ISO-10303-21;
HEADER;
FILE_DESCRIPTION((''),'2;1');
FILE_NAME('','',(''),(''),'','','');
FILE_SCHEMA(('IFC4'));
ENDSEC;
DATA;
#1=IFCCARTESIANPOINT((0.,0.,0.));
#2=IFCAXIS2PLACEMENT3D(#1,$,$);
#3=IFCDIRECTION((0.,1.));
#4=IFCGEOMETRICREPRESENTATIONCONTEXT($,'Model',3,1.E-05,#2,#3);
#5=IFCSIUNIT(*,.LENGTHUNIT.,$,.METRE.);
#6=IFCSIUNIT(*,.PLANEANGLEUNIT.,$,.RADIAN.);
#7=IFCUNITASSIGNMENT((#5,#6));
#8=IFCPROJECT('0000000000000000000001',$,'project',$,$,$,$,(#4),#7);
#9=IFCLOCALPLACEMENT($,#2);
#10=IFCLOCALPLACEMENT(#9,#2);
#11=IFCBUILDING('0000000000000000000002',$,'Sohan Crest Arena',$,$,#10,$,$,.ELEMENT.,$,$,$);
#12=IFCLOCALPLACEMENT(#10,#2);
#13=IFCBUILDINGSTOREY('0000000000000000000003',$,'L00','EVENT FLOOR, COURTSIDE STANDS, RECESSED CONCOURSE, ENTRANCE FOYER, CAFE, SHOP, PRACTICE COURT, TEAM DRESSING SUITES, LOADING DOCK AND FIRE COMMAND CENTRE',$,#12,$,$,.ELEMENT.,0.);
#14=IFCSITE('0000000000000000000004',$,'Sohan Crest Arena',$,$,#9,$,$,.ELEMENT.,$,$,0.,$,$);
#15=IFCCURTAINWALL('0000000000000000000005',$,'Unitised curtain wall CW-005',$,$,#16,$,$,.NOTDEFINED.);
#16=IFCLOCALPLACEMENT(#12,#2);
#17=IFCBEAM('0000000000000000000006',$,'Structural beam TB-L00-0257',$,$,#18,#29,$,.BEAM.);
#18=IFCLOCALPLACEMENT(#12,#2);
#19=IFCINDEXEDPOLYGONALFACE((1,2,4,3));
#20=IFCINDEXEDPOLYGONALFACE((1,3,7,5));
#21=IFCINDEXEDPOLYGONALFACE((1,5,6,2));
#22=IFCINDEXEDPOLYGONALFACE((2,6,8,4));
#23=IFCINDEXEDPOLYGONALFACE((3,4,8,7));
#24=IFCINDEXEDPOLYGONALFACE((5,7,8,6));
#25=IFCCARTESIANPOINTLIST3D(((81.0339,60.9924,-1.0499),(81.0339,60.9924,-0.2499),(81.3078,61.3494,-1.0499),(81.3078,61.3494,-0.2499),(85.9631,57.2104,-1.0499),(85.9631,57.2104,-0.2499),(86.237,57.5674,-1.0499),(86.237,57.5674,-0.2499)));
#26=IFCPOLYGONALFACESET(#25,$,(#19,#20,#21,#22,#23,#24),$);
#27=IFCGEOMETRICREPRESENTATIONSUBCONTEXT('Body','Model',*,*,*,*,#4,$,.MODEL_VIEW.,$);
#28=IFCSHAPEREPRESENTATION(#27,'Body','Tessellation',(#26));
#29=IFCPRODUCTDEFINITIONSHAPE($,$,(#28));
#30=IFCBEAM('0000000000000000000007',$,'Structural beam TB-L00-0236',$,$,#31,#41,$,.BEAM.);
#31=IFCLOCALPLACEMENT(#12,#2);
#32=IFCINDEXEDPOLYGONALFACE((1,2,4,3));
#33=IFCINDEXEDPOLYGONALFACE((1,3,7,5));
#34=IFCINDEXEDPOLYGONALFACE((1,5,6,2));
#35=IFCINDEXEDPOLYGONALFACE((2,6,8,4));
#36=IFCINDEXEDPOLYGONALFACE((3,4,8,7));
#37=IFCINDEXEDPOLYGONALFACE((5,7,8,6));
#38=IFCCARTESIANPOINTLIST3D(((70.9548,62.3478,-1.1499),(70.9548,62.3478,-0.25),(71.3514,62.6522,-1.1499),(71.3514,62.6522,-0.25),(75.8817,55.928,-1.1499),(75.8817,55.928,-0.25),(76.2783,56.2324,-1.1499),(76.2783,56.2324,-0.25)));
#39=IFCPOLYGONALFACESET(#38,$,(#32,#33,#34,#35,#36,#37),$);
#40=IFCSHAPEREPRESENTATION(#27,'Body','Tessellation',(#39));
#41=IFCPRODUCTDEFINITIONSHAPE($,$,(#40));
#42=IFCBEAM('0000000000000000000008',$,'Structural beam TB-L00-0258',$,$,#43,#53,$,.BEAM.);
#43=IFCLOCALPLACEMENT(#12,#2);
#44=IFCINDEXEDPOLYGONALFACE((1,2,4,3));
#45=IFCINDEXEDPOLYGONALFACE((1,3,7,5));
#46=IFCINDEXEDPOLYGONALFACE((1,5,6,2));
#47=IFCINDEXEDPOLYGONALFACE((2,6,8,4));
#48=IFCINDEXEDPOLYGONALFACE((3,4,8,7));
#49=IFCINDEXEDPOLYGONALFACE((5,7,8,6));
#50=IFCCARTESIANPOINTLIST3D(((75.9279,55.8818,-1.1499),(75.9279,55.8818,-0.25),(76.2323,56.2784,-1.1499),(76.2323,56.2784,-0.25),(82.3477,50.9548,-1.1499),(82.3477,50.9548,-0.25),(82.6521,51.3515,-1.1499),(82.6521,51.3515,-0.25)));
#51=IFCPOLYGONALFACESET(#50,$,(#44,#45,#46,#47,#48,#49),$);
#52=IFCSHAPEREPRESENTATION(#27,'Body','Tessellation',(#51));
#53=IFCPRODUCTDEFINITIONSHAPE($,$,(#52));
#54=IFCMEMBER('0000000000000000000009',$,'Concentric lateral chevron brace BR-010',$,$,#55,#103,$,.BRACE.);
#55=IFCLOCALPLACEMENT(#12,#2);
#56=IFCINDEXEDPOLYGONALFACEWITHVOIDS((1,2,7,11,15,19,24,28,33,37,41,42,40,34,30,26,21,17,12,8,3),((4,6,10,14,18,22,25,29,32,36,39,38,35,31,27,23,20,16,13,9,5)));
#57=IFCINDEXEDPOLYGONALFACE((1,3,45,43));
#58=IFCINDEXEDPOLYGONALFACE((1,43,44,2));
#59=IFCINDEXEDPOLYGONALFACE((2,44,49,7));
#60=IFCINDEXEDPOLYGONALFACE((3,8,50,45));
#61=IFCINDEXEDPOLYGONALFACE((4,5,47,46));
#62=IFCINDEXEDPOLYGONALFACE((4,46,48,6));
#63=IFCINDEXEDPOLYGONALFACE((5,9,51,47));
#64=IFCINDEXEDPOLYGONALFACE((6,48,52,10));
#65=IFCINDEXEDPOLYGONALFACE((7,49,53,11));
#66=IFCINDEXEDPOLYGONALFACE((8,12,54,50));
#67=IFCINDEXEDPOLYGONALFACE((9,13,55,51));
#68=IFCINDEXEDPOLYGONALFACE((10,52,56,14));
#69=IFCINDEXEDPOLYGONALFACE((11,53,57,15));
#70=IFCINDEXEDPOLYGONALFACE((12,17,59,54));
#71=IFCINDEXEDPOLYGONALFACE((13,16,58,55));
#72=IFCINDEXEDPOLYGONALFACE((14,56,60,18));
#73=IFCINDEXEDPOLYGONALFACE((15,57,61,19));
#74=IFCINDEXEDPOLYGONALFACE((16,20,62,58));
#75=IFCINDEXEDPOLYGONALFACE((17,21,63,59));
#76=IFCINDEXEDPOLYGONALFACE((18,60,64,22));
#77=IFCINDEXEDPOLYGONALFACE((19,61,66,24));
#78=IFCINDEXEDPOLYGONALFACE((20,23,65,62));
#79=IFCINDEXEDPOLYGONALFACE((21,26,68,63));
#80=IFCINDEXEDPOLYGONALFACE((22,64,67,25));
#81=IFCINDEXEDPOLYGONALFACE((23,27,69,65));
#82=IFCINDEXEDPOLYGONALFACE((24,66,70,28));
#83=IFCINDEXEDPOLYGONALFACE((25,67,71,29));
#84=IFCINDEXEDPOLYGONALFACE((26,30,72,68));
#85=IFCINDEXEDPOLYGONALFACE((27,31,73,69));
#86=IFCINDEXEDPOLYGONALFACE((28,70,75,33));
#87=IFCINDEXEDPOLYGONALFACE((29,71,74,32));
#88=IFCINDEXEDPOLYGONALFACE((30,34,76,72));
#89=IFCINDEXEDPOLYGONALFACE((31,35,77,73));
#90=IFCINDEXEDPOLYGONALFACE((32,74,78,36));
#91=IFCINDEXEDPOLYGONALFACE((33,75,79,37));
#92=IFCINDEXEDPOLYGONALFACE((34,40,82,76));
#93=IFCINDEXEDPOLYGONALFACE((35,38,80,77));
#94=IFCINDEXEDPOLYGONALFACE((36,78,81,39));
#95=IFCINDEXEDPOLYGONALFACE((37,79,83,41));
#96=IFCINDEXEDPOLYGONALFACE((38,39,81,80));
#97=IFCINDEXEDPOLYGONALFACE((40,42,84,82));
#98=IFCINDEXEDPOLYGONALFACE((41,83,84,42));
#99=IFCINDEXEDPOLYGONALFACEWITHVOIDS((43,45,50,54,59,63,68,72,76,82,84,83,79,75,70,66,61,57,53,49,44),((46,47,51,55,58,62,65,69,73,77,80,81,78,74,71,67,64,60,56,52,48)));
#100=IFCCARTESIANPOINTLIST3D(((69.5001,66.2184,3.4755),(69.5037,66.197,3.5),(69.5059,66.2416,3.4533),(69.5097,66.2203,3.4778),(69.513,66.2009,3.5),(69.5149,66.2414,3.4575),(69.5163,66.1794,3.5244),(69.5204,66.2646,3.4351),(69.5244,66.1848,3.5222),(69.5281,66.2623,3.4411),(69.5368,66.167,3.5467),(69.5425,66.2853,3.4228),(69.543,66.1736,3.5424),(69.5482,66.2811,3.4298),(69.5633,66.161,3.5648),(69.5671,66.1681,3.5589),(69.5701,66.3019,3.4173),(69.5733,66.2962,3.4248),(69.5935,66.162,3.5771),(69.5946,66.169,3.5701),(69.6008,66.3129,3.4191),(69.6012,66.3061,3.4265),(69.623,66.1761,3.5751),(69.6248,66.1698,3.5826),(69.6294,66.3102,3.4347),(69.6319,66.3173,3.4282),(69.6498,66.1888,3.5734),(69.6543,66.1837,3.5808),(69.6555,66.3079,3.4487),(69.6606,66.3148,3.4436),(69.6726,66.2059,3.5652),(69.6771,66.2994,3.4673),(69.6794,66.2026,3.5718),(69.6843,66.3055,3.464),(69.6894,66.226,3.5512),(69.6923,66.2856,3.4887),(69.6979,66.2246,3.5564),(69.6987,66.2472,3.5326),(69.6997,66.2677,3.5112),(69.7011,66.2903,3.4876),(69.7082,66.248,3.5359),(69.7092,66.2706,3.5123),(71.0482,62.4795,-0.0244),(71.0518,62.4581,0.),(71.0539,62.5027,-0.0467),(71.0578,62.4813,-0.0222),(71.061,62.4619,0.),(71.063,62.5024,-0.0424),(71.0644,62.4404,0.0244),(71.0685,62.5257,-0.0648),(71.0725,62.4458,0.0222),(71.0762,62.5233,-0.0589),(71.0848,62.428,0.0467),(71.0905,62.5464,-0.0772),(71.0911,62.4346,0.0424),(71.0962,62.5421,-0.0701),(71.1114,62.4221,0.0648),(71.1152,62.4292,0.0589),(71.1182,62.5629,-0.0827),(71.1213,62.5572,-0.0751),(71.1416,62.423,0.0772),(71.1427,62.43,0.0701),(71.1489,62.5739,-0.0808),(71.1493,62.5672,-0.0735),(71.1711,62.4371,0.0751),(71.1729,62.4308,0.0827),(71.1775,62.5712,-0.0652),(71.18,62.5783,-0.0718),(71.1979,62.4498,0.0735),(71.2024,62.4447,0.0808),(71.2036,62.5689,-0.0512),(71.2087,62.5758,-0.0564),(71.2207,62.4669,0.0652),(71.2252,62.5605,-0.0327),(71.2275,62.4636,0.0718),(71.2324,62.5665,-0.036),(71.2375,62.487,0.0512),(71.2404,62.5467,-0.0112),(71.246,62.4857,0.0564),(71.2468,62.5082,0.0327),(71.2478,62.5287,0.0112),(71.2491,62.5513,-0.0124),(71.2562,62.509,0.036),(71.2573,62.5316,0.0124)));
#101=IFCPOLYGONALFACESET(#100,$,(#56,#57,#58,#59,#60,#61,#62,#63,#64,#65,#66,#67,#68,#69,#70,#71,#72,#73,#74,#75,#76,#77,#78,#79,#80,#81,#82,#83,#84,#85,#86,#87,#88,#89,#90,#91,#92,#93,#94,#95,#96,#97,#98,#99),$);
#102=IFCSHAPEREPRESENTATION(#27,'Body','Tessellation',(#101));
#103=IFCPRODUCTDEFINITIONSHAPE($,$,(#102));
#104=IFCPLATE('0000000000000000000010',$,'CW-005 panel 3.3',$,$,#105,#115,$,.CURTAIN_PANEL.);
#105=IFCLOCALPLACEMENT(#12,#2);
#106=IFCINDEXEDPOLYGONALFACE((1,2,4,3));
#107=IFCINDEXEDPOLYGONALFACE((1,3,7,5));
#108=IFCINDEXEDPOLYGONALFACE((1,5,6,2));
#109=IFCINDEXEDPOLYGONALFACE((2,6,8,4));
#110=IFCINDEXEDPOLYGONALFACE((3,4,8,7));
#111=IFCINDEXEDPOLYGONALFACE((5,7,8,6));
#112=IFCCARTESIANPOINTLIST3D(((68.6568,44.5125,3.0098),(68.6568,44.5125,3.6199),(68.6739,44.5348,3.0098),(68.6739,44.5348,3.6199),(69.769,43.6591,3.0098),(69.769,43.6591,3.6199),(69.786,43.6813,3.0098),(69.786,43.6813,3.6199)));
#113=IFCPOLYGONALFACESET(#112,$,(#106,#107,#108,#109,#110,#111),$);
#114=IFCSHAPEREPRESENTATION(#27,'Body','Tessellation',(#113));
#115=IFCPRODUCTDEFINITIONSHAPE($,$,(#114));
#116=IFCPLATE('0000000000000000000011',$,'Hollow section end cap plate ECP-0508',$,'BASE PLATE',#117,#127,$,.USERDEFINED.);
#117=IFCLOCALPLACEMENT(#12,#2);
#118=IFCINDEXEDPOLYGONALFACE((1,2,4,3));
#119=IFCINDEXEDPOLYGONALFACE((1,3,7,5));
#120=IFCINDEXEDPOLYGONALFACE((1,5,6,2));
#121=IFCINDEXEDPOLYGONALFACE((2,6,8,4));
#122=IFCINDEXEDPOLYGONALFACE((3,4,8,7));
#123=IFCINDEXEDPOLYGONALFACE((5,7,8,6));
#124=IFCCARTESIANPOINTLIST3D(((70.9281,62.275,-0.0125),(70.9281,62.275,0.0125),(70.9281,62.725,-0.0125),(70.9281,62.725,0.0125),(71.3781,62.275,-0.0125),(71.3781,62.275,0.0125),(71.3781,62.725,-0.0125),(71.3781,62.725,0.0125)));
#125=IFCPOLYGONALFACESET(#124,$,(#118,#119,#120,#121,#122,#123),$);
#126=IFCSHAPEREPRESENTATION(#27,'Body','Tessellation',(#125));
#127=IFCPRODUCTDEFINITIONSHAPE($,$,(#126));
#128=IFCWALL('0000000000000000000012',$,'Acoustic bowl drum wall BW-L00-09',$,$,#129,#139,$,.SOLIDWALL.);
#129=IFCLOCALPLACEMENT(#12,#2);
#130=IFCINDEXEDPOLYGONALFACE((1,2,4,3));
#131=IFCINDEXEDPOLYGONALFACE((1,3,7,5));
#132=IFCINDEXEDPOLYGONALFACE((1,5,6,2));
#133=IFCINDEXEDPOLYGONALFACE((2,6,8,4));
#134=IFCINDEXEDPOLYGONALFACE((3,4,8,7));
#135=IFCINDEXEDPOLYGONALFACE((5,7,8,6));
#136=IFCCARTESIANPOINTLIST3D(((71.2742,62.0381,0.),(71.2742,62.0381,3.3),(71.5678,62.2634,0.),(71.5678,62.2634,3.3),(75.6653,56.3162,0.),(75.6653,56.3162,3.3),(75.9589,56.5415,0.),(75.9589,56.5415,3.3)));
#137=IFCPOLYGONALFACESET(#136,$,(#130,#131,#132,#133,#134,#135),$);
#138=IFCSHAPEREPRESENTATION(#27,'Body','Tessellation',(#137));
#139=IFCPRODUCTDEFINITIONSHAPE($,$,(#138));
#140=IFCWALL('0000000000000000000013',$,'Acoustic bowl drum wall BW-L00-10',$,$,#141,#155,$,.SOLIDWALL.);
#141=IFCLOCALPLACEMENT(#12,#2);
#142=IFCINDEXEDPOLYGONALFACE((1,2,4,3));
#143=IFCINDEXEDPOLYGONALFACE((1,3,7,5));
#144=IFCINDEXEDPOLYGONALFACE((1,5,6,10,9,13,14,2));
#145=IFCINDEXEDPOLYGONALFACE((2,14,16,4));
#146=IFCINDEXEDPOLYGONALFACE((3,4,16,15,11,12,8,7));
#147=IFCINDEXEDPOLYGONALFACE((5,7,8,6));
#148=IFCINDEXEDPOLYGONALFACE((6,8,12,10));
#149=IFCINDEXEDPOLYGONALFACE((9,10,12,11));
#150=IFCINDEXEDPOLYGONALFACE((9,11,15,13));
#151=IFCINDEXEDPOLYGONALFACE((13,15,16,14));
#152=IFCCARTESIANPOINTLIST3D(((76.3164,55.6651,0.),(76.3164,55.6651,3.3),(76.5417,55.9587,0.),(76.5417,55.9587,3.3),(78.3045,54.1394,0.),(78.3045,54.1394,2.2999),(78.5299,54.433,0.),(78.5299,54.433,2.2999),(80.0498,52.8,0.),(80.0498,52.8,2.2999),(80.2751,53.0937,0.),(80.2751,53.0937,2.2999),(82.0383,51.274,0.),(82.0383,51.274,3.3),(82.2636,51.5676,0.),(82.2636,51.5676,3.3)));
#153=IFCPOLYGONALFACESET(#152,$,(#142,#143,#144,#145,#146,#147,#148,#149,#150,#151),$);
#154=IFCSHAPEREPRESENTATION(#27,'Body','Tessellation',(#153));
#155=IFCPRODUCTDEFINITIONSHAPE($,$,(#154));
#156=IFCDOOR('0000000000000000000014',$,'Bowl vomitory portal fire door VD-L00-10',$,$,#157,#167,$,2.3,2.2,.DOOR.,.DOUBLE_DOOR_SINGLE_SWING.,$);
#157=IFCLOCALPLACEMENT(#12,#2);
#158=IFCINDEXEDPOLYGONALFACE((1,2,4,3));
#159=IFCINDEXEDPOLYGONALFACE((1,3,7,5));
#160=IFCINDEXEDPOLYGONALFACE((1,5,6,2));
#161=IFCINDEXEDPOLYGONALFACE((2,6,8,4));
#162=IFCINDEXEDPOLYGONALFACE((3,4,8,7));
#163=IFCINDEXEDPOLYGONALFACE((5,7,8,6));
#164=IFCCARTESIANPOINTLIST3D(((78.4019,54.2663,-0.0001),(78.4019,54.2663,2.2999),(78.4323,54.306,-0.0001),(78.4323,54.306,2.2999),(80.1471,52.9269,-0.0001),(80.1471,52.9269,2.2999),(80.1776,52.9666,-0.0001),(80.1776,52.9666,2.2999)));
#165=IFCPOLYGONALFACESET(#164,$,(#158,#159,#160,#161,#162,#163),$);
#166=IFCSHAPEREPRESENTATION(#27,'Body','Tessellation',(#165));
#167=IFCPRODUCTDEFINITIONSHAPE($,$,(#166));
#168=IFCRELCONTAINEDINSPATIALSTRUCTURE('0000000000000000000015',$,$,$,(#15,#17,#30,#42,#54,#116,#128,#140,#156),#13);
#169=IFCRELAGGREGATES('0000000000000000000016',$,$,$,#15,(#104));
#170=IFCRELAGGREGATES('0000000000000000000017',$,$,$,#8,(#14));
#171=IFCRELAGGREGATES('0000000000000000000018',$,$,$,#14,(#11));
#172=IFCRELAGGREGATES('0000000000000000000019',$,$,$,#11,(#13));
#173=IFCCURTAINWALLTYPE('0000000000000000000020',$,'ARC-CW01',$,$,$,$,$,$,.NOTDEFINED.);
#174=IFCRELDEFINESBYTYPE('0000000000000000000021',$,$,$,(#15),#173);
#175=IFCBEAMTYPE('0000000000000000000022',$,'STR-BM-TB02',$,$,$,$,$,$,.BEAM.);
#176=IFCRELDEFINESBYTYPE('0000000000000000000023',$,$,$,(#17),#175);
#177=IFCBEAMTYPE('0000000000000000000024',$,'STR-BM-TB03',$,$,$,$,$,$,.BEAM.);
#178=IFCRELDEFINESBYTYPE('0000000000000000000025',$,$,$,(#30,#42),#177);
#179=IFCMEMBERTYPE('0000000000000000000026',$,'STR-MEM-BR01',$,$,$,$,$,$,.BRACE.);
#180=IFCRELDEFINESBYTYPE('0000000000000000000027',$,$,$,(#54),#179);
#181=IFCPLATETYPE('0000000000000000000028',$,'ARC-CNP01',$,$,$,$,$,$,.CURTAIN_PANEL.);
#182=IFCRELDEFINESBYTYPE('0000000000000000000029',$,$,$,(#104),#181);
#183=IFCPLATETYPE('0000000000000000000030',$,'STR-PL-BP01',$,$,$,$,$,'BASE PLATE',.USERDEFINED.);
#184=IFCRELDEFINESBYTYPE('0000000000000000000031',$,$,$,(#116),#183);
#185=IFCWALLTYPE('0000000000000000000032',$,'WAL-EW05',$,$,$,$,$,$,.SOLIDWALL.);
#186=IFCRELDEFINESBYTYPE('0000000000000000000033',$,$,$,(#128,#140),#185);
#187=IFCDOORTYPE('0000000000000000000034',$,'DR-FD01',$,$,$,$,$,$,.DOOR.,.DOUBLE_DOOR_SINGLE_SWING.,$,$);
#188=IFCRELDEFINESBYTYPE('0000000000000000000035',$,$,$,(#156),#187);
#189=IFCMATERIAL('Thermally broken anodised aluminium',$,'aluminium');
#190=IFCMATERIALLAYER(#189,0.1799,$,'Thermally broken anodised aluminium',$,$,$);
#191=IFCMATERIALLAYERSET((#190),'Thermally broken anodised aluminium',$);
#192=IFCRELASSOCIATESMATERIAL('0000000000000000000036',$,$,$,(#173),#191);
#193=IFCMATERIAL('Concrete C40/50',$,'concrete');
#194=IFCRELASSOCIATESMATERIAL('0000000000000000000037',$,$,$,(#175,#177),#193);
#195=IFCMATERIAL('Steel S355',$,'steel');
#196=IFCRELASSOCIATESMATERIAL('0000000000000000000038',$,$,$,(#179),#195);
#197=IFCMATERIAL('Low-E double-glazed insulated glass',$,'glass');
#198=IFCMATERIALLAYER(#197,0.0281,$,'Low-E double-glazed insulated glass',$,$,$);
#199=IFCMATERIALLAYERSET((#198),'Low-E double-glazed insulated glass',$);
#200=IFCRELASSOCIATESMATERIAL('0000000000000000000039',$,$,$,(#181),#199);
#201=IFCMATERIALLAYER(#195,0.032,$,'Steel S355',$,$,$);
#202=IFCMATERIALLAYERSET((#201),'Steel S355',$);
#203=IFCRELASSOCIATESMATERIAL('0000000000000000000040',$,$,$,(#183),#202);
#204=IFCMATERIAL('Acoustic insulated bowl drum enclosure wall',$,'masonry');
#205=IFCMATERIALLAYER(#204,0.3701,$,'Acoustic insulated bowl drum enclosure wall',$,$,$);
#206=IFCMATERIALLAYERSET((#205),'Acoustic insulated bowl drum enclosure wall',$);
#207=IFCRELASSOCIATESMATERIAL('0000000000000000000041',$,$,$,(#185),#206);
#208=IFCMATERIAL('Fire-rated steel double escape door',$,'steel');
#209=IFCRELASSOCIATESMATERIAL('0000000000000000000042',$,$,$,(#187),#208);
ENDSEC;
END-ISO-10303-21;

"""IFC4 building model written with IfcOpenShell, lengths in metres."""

from ifc_helpers import new_model, si_unit, direction, frame, frame_2d, origin, origin_2d, place, context, subcontext, project, spatial, rectangle, hollow_circle, extrude, material, layer, layer_set, material_profile, profile_set, type_object, element, fill, aggregate, save


model = new_model("IFC4")

# Units and contexts
model_context = context("Model", 3, precision=1e-05, world=origin(), true_north=direction((0.0, 1.0)))
body_context = subcontext(model_context, "Body", "Model", "MODEL_VIEW")
ifc_project = project(units=[si_unit("LENGTHUNIT", "METRE"), si_unit("PLANEANGLEUNIT", "RADIAN")], contexts=[model_context])

# Site, building, storey
site_placement = place(None, origin())
site = spatial("IfcSite", under=ifc_project, at=site_placement, Name="Sohan Crest Arena", CompositionType="ELEMENT", RefElevation=0.0)
building_placement = place(site_placement, origin())
building = spatial("IfcBuilding", under=site, at=building_placement, Name="Sohan Crest Arena", CompositionType="ELEMENT")
storey_placement = place(building_placement, origin())
storey = spatial("IfcBuildingStorey", under=building, at=storey_placement, Name="L00", Description="EVENT FLOOR, COURTSIDE STANDS, RECESSED CONCOURSE, ENTRANCE FOYER, CAFE, SHOP, PRACTICE COURT, TEAM DRESSING SUITES, LOADING DOCK AND FIRE COMMAND CENTRE", CompositionType="ELEMENT", Elevation=0.0)

# Shared definitions
ifc_material_1 = material(Name="Concrete C40/50", Category="concrete")
ifc_material_2 = material(Name="Steel S355", Category="steel")

# Curtain wall
ifc_material_3 = material(Name="Thermally broken anodised aluminium", Category="aluminium")
ifc_layer_1 = layer(ifc_material_3, 0.1799, Name="Thermally broken anodised aluminium")
ifc_layer_set_1 = layer_set([ifc_layer_1], Name="Thermally broken anodised aluminium")
curtain_wall_type = type_object("IfcCurtainWallType", Name="ARC-CW01", PredefinedType="NOTDEFINED", material=ifc_layer_set_1)
curtain_wall_placement = place(storey_placement, origin())
curtain_wall = element("IfcCurtainWall", 1, at=curtain_wall_placement, inside=storey, type_object=curtain_wall_type, Name="Unitised curtain wall CW-005", PredefinedType="NOTDEFINED")

# Beams
ifc_material_profile_1 = material_profile(ifc_material_1, rectangle(XDim=0.45, YDim=0.8, at=origin_2d()), Name="RC-BM 450x800")
ifc_profile_set_1 = profile_set([ifc_material_profile_1], Name="Concrete C40/50")
beam_type_1 = type_object("IfcBeamType", Name="STR-BM-TB02", PredefinedType="BEAM", material=ifc_profile_set_1)
beam_1_placement = place(storey_placement, frame((81.1709, 61.1709, -0.6499), z_axis=(0.793379, -0.608728, 0.0), x_axis=(0.608728, 0.793379, 0.0)))
element("IfcBeam", 2, at=beam_1_placement, inside=storey, type_object=beam_type_1, Name="Structural beam TB-L00-0257", PredefinedType="BEAM", context=body_context, shape_type="SweptSolid", body=[
    extrude(rectangle(XDim=0.45, YDim=0.8, at=origin_2d()), origin(), (0.0, 0.0, 1.0), 6.2129),
])
ifc_material_profile_2 = material_profile(ifc_material_1, rectangle(XDim=0.5, YDim=0.8999, at=origin_2d()), Name="RC-BM 500x900")
ifc_profile_set_2 = profile_set([ifc_material_profile_2], Name="Concrete C40/50")
beam_type_2 = type_object("IfcBeamType", Name="STR-BM-TB03", PredefinedType="BEAM", material=ifc_profile_set_2)
for number, where, z_axis, x_axis, name in (
    (3, (71.1531, 62.5, -0.7), (0.608825, -0.793304, 0.0), (0.793304, 0.608825, 0.0), "Structural beam TB-L00-0236"),
    (4, (76.0801, 56.0801, -0.7), (0.793304, -0.608825, 0.0), (0.608825, 0.793304, 0.0), "Structural beam TB-L00-0258"),
):
    element("IfcBeam", number, at=place(storey_placement, frame(where, z_axis=z_axis, x_axis=x_axis)), inside=storey, type_object=beam_type_2, Name=name, PredefinedType="BEAM", context=body_context, shape_type="SweptSolid", body=[
        extrude(rectangle(XDim=0.5, YDim=0.8999, at=origin_2d()), origin(), (0.0, 0.0, 1.0), 8.0925),
    ])

# Member
ifc_material_profile_3 = material_profile(ifc_material_2, hollow_circle(Radius=0.1096, WallThickness=0.01, at=origin_2d()), Name="CHS 219.1x10")
ifc_profile_set_3 = profile_set([ifc_material_profile_3], Name="Steel S355")
member_type_1 = type_object("IfcMemberType", Name="STR-MEM-BR01", PredefinedType="BRACE", material=ifc_profile_set_3)
member_1_placement = place(storey_placement, frame((71.1531, 62.5, 0.0), z_axis=(-0.289342, 0.698828, 0.654156), x_axis=(-0.923937, -0.382545, 0.0)))
element("IfcMember", 5, at=member_1_placement, inside=storey, type_object=member_type_1, Name="Concentric lateral chevron brace BR-010", PredefinedType="BRACE", context=body_context, shape_type="SweptSolid", body=[
    extrude(hollow_circle(Radius=0.1096, WallThickness=0.01, at=origin_2d()), origin(), (0.0, 0.0, 1.0), 5.3503),
])

# Plates
ifc_material_4 = material(Name="Low-E double-glazed insulated glass", Category="glass")
ifc_layer_2 = layer(ifc_material_4, 0.0281, Name="Low-E double-glazed insulated glass")
ifc_layer_set_2 = layer_set([ifc_layer_2], Name="Low-E double-glazed insulated glass")
plate_type_1 = type_object("IfcPlateType", Name="ARC-CNP01", PredefinedType="CURTAIN_PANEL", material=ifc_layer_set_2)
plate_1_placement = place(storey_placement, frame((69.2214, 44.0969, 3.0098), z_axis=(0.0, 0.0, 1.0), x_axis=(0.793323, -0.608801, 0.0)))
plate_1 = element("IfcPlate", 6, at=plate_1_placement, type_object=plate_type_1, Name="CW-005 panel 3.3", PredefinedType="CURTAIN_PANEL", context=body_context, shape_type="SweptSolid", body=[
    extrude(rectangle(XDim=1.4019, YDim=0.0281, at=origin_2d()), origin(), (0.0, 0.0, 1.0), 0.6101),
])
aggregate(curtain_wall, [plate_1])
ifc_layer_3 = layer(ifc_material_2, 0.032, Name="Steel S355")
ifc_layer_set_3 = layer_set([ifc_layer_3], Name="Steel S355")
plate_type_2 = type_object("IfcPlateType", Name="STR-PL-BP01", ElementType="BASE PLATE", PredefinedType="USERDEFINED", material=ifc_layer_set_3)
plate_2_placement = place(storey_placement, frame((71.1531, 62.5, -0.0125), z_axis=(0.0, 0.0, 1.0), x_axis=(1.0, 0.0, 0.0)))
element("IfcPlate", 7, at=plate_2_placement, inside=storey, type_object=plate_type_2, Name="Hollow section end cap plate ECP-0508", ObjectType="BASE PLATE", PredefinedType="USERDEFINED", context=body_context, shape_type="SweptSolid", body=[
    extrude(rectangle(XDim=0.45, YDim=0.45, at=origin_2d()), origin(), (0.0, 0.0, 1.0), 0.0249),
])

# Wall
ifc_material_5 = material(Name="Acoustic insulated bowl drum enclosure wall", Category="masonry")
ifc_layer_4 = layer(ifc_material_5, 0.3701, Name="Acoustic insulated bowl drum enclosure wall")
ifc_layer_set_4 = layer_set([ifc_layer_4], Name="Acoustic insulated bowl drum enclosure wall")
wall_type_1 = type_object("IfcWallType", Name="WAL-EW05", PredefinedType="SOLIDWALL", material=ifc_layer_set_4)
wall_1_placement = place(storey_placement, frame((71.4209, 62.1509, 0.0), z_axis=(0.0, 0.0, 1.0), x_axis=(0.608807, -0.793318, 0.0)))
element("IfcWall", 8, at=wall_1_placement, inside=storey, type_object=wall_type_1, Name="Acoustic bowl drum wall BW-L00-09", PredefinedType="SOLIDWALL", context=body_context, shape_type="SweptSolid", body=[
    extrude(rectangle(XDim=7.2126, YDim=0.3701, at=frame_2d((3.6064, 0.0))), origin(), (0.0, 0.0, 1.0), 3.3),
])

# Wall, opening, door
wall_2_placement = place(storey_placement, frame((76.429, 55.812, 0.0), z_axis=(0.0, 0.0, 1.0), x_axis=(0.793318, -0.608807, 0.0)))
wall_2 = element("IfcWall", 9, at=wall_2_placement, inside=storey, type_object=wall_type_1, Name="Acoustic bowl drum wall BW-L00-10", PredefinedType="SOLIDWALL", context=body_context, shape_type="SweptSolid", body=[
    extrude(rectangle(XDim=7.2126, YDim=0.3701, at=frame_2d((3.6064, 0.0))), origin(), (0.0, 0.0, 1.0), 3.3),
])
opening_1_placement = place(wall_2_placement, frame((2.5061, 0.0, 0.0)))
opening_1 = element("IfcOpeningElement", 10, at=opening_1_placement, cuts=wall_2, PredefinedType="OPENING", context=body_context, shape_type="SweptSolid", body=[
    extrude(rectangle(XDim=2.2, YDim=2.3, at=frame_2d((1.1001, 1.1499))), frame((0.0, 0.1951, 0.0), z_axis=(0.0, -1.0, 0.0), x_axis=(1.0, 0.0, 0.0)), (0.0, 0.0, 1.0), 0.3901),
])
ifc_material_6 = material(Name="Fire-rated steel double escape door", Category="steel")
door_type_1 = type_object("IfcDoorType", Name="DR-FD01", OperationType="DOUBLE_DOOR_SINGLE_SWING", PredefinedType="DOOR", material=ifc_material_6)
door_1_placement = place(opening_1_placement, origin())
door_1 = element("IfcDoor", 11, at=door_1_placement, inside=storey, type_object=door_type_1, Name="Bowl vomitory portal fire door VD-L00-10", OperationType="DOUBLE_DOOR_SINGLE_SWING", OverallHeight=2.3, OverallWidth=2.2, PredefinedType="DOOR", context=body_context, shape_type="SweptSolid", body=[
    extrude(rectangle(XDim=2.2, YDim=2.3, at=frame_2d((1.1001, 1.1499))), frame((0.0, 0.0249, 0.0), z_axis=(0.0, -1.0, 0.0), x_axis=(1.0, 0.0, 0.0)), (0.0, 0.0, 1.0), 0.05),
])
fill(opening_1, door_1)

save(model, "model.ifc")
